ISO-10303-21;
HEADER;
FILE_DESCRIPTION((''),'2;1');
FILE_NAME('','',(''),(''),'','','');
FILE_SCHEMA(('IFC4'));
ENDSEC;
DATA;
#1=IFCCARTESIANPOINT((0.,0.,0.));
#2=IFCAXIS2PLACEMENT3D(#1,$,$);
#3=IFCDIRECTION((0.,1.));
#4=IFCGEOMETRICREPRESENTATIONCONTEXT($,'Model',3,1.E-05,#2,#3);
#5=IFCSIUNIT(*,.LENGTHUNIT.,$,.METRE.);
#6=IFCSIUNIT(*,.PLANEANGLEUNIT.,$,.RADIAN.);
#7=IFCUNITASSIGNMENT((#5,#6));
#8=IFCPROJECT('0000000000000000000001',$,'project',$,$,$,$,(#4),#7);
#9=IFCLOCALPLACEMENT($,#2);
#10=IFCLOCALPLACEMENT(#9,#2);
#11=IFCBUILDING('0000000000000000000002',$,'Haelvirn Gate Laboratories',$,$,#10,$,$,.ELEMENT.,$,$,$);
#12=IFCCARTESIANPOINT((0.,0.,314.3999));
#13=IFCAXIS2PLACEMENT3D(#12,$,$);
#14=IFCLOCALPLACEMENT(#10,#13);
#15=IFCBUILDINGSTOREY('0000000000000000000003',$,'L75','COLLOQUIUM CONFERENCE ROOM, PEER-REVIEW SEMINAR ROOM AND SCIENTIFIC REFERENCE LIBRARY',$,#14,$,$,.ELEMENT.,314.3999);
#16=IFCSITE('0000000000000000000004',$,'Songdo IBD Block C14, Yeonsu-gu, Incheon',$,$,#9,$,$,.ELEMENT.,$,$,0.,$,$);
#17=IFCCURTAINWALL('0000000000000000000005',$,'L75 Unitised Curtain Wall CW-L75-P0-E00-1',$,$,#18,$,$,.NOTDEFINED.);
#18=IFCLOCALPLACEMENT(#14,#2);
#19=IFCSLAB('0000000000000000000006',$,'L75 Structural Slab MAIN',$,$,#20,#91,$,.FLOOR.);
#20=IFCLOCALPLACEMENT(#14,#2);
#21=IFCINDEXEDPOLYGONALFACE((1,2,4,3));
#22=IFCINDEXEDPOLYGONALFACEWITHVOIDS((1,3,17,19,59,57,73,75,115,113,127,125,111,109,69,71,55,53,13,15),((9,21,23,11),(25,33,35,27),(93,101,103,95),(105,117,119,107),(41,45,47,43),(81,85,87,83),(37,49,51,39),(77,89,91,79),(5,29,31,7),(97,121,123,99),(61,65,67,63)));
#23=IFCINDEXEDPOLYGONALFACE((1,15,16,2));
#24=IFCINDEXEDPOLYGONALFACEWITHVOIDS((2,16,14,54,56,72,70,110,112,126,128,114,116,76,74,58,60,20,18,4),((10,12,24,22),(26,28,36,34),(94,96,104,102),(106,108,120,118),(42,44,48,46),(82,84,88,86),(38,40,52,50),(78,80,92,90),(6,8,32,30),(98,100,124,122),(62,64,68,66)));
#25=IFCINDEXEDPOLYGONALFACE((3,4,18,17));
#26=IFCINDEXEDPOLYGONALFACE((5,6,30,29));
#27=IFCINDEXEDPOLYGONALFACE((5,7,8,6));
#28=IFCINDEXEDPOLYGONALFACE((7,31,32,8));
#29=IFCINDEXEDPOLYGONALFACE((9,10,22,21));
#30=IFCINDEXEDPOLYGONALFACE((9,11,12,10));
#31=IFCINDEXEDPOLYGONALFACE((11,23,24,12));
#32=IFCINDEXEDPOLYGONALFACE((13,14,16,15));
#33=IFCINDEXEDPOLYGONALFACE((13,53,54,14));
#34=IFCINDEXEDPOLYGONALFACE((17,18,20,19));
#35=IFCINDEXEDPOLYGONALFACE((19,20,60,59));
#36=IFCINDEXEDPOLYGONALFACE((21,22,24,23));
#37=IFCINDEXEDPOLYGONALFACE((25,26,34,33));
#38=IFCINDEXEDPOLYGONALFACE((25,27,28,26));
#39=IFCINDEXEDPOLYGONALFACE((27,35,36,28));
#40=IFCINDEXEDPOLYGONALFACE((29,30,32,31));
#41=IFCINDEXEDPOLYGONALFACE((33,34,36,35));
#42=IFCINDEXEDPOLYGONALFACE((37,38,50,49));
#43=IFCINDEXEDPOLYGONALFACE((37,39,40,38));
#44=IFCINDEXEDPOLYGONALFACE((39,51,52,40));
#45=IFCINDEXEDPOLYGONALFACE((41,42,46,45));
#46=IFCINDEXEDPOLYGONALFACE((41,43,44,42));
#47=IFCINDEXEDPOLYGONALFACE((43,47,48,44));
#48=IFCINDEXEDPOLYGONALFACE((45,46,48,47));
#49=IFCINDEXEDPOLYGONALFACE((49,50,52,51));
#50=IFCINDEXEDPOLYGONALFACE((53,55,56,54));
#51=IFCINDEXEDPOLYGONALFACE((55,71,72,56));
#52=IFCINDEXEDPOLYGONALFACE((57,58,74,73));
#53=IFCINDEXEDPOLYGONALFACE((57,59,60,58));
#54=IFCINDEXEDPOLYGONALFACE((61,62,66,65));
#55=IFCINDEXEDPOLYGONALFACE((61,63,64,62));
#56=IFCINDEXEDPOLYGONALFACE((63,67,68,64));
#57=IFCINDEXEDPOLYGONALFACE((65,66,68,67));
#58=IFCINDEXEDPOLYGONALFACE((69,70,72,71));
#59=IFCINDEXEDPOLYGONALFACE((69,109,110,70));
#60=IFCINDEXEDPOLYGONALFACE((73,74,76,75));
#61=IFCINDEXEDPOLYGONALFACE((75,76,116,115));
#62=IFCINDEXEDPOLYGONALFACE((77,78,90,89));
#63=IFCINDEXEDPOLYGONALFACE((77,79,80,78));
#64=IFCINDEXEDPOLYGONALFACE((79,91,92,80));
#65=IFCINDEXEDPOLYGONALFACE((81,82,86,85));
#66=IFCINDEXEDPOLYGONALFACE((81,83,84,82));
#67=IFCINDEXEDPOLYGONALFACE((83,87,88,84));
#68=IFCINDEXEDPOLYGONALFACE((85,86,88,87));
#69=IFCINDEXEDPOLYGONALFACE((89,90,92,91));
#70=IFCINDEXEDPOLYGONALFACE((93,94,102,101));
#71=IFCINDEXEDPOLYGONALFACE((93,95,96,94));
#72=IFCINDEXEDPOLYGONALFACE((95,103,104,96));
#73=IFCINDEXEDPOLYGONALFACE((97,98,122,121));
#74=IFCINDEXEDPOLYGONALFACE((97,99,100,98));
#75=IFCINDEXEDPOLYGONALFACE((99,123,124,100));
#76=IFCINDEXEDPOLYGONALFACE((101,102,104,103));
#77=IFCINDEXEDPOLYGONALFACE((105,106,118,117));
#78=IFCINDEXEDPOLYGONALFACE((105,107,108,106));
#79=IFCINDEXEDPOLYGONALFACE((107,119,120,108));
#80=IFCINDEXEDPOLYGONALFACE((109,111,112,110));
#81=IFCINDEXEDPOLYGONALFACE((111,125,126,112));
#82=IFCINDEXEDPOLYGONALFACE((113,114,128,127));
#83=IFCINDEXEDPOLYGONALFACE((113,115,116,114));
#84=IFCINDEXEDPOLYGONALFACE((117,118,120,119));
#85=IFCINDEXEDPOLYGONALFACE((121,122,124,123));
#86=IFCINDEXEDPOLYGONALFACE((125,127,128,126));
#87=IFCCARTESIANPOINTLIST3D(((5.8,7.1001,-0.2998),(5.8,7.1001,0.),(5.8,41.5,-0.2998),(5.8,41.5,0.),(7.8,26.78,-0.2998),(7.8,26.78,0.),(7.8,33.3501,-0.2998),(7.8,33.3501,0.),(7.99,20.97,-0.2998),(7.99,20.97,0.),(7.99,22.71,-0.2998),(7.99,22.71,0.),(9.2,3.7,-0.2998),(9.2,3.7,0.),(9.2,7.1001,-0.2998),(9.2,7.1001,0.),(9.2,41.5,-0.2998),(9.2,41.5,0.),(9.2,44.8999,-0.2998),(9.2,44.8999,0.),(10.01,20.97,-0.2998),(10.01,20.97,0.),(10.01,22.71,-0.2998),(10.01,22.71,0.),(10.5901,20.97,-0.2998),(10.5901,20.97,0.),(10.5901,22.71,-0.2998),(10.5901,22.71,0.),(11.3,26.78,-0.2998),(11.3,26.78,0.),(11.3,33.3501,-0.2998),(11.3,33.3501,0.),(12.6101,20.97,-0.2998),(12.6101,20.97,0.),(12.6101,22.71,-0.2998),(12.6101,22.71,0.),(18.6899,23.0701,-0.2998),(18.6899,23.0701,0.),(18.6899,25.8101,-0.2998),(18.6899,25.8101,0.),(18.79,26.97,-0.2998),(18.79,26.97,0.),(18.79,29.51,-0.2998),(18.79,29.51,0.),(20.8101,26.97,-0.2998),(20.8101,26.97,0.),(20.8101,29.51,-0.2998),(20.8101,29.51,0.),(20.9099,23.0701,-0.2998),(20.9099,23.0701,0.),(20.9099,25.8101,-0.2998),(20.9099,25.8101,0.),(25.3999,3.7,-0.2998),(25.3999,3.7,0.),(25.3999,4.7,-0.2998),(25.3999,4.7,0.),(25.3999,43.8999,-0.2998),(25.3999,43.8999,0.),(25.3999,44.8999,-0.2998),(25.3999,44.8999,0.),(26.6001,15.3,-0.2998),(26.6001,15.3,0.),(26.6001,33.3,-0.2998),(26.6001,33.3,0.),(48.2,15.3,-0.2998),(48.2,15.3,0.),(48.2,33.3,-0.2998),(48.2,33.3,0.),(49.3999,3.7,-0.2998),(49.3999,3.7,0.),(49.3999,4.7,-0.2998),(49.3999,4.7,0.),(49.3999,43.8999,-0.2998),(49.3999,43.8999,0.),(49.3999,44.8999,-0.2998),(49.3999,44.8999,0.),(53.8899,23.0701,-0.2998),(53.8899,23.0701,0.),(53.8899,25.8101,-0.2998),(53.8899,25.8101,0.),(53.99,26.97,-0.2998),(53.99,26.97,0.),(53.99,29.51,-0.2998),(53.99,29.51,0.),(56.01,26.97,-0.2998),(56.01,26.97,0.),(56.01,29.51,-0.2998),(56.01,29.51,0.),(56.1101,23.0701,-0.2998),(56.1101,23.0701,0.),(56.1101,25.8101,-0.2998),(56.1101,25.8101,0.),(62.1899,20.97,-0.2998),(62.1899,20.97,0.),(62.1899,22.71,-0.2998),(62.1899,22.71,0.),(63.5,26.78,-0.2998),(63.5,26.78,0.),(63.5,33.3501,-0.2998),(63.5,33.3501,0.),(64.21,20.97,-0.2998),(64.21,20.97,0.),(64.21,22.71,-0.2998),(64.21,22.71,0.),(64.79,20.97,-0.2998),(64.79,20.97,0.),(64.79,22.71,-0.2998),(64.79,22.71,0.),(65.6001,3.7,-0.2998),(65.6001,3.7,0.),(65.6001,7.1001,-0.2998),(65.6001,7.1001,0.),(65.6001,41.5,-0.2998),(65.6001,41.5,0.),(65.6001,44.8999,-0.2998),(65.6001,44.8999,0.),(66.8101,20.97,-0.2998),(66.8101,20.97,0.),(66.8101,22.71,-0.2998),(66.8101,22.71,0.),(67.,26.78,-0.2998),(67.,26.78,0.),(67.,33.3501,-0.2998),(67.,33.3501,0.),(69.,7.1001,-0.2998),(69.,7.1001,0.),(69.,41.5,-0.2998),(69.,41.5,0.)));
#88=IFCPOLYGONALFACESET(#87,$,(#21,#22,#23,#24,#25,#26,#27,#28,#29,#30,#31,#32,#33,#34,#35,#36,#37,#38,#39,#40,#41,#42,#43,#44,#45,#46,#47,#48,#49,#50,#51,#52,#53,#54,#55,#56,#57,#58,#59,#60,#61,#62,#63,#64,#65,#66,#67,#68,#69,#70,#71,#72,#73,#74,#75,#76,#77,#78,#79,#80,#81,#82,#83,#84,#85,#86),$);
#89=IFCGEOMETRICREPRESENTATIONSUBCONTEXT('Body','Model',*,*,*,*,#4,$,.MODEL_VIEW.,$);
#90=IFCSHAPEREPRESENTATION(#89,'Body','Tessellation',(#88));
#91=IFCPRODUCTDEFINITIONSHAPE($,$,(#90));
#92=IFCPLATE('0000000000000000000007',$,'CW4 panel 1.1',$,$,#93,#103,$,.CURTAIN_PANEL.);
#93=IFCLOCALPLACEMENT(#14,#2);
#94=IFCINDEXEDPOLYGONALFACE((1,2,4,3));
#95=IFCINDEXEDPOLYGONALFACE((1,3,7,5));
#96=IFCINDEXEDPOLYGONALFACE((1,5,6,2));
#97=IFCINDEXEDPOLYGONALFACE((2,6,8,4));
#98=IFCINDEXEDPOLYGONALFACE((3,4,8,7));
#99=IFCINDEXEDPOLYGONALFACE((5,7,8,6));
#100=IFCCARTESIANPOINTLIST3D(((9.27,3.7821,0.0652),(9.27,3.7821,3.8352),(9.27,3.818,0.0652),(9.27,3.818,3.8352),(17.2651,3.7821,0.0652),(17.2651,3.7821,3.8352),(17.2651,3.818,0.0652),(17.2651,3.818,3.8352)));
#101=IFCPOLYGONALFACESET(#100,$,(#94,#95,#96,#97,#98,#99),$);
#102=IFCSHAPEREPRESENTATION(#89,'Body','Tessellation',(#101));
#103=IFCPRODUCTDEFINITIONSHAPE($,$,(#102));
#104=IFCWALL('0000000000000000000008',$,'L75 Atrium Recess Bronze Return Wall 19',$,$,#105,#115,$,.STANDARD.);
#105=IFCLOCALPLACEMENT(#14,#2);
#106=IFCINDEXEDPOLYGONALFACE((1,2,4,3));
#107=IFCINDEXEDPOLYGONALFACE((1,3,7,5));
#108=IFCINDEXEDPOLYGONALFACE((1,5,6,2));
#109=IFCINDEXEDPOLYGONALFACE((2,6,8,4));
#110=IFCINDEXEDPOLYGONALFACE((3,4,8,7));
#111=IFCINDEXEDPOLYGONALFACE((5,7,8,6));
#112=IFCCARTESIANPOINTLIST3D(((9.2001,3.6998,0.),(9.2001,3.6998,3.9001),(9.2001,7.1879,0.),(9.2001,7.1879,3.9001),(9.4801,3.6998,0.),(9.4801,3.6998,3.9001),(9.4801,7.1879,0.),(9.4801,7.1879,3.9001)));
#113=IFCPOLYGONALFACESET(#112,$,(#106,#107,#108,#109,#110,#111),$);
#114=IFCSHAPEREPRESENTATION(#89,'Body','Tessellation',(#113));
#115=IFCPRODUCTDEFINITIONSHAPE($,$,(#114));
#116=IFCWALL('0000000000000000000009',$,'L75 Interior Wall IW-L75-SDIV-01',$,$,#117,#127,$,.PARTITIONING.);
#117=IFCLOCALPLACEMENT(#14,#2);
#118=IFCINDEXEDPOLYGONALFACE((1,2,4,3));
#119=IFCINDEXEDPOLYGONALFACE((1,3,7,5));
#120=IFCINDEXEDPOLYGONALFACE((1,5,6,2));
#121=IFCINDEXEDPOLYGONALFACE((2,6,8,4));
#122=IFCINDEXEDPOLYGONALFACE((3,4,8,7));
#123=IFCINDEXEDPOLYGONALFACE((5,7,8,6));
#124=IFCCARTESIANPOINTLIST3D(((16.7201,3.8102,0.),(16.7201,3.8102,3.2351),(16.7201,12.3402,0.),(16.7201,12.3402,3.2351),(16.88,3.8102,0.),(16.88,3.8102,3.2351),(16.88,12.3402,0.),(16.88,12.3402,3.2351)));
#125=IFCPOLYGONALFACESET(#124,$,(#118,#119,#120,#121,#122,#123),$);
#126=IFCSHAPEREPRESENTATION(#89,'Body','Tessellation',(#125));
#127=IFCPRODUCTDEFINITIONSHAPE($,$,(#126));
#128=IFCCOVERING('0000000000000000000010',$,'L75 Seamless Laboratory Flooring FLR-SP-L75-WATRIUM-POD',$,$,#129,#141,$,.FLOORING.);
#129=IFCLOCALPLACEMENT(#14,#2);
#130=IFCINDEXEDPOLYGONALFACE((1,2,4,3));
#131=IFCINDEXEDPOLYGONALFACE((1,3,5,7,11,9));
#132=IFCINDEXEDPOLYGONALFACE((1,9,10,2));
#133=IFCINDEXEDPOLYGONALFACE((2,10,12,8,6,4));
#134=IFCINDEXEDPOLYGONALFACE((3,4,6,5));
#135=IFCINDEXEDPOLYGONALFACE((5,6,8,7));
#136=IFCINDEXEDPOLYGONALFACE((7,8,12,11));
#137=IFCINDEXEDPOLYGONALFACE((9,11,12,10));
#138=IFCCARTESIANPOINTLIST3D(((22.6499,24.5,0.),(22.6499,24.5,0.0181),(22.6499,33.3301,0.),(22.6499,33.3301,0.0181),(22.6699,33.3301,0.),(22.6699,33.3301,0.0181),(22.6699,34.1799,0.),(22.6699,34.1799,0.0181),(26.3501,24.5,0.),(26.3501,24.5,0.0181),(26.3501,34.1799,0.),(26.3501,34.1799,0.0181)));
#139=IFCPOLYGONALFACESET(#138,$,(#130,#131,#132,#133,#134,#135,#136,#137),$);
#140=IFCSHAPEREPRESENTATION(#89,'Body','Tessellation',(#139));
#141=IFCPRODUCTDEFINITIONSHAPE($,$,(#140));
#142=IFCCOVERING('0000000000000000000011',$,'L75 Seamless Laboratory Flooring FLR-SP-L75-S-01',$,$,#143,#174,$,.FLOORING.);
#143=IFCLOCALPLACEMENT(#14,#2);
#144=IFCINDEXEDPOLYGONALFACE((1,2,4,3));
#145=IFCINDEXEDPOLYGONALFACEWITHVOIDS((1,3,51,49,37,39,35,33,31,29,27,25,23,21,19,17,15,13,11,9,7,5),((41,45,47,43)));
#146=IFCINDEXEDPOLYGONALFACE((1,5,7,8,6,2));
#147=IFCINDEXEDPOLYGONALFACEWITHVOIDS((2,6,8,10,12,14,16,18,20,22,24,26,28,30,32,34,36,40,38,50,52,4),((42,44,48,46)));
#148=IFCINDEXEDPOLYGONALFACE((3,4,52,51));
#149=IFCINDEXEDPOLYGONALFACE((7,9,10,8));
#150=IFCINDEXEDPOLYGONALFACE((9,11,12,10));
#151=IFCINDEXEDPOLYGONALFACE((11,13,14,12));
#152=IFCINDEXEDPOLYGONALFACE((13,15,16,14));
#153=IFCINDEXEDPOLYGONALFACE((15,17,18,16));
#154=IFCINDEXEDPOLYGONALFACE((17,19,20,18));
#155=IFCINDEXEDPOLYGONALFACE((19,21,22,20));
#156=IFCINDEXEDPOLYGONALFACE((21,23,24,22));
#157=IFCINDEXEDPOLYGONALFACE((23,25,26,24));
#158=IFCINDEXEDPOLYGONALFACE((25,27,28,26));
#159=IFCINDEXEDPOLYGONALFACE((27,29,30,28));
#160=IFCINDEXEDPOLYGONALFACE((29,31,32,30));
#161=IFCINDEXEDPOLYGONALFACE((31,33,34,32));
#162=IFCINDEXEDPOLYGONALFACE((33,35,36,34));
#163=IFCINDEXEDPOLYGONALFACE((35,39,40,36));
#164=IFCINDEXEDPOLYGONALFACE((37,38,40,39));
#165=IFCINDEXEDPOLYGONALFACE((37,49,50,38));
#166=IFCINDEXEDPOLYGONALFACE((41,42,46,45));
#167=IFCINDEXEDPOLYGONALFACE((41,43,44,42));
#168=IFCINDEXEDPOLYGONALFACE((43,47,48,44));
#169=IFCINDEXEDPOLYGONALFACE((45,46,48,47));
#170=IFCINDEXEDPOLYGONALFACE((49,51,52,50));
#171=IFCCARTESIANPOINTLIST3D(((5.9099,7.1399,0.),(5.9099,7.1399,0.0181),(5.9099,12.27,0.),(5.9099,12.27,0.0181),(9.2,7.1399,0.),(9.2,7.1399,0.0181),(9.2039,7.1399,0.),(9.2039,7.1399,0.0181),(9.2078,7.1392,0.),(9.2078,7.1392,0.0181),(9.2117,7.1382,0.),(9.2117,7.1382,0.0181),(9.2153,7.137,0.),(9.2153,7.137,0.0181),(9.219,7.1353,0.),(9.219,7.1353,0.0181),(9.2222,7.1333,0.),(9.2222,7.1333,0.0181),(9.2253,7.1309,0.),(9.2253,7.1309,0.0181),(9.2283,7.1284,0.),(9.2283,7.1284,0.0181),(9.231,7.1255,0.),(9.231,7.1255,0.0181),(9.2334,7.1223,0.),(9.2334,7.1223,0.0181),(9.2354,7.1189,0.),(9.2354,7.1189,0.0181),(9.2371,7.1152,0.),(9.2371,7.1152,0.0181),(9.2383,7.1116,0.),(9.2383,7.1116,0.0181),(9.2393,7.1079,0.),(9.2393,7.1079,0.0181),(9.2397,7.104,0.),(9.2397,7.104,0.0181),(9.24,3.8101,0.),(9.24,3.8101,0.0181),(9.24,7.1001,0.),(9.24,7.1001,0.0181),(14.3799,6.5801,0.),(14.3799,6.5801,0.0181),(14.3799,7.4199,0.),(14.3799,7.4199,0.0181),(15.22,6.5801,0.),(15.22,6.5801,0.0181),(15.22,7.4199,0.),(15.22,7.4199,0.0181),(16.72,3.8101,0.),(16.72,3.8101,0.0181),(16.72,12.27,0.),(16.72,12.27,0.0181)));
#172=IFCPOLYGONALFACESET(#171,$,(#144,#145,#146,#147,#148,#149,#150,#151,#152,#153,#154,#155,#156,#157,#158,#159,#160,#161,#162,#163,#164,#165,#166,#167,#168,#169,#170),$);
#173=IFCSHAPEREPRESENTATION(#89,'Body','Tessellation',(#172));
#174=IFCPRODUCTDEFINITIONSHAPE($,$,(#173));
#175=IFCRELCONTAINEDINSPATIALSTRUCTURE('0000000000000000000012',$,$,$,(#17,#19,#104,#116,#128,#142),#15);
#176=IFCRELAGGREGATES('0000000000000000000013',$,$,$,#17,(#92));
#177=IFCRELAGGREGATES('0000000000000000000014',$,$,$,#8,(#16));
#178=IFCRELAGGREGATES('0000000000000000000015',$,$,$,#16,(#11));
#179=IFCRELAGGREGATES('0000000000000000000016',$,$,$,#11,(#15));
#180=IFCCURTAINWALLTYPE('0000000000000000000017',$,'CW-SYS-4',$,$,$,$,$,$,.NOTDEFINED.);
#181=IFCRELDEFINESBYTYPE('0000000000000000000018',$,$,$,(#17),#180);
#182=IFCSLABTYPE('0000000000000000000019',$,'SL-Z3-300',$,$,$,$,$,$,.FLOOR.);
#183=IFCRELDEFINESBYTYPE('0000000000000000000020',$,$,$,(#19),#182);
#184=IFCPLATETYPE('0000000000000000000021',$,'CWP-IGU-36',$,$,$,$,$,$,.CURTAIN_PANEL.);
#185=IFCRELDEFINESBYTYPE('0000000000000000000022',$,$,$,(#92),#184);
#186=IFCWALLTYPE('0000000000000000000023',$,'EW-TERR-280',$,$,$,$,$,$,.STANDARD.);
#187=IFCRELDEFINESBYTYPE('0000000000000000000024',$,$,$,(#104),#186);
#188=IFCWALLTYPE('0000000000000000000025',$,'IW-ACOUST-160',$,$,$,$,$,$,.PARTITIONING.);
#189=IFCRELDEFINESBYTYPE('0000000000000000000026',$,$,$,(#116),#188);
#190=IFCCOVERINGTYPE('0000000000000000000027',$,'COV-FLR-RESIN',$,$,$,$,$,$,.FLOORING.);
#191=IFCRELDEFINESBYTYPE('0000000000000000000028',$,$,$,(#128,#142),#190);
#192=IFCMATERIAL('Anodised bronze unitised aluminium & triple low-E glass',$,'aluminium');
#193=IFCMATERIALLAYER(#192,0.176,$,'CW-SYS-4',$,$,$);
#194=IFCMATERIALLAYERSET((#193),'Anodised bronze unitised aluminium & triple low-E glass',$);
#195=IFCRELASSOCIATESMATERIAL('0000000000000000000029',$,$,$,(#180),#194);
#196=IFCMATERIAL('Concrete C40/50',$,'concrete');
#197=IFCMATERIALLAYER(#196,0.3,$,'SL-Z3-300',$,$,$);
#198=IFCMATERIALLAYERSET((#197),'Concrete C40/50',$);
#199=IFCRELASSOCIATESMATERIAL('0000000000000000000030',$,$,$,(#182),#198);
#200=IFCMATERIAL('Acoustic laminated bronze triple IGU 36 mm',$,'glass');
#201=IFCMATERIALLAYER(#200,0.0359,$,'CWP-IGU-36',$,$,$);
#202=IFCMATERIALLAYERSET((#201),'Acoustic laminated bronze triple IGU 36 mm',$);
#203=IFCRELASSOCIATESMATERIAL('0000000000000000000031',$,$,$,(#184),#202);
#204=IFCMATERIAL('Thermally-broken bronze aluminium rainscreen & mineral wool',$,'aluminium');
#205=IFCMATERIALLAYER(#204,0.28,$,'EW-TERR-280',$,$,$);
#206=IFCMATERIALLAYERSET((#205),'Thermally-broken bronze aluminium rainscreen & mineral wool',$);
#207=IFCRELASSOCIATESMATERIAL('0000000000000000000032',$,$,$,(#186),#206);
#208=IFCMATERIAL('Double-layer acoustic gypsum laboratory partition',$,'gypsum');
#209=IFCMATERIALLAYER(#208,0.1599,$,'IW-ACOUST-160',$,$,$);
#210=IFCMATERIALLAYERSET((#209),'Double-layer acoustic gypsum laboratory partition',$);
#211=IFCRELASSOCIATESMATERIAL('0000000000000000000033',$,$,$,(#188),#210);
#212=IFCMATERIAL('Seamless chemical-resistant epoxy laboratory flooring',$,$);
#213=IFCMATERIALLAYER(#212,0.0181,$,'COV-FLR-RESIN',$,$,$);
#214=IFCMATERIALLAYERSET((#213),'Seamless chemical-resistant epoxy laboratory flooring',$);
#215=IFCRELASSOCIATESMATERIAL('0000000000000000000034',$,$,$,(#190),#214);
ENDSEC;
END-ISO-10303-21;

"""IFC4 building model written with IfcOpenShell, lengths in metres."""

from ifc_helpers import new_model, si_unit, direction, frame, frame_2d, origin, origin_2d, place, context, subcontext, project, spatial, polyline, rectangle, outline, extrude, source, transform, mapped, material, layer, layer_set, type_object, type_shapes, element, aggregate, save


model = new_model("IFC4")

# Units and contexts
model_context = context("Model", 3, precision=1e-05, world=origin(), true_north=direction((0.0, 1.0)))
body_context = subcontext(model_context, "Body", "Model", "MODEL_VIEW")
ifc_project = project(units=[si_unit("LENGTHUNIT", "METRE"), si_unit("PLANEANGLEUNIT", "RADIAN")], contexts=[model_context])

# Site, building, storey
site_placement = place(None, origin())
site = spatial("IfcSite", under=ifc_project, at=site_placement, Name="Songdo IBD Block C14, Yeonsu-gu, Incheon", CompositionType="ELEMENT", RefElevation=0.0)
building_placement = place(site_placement, origin())
building = spatial("IfcBuilding", under=site, at=building_placement, Name="Haelvirn Gate Laboratories", CompositionType="ELEMENT")
storey_placement = place(building_placement, frame((0.0, 0.0, 314.3999)))
storey = spatial("IfcBuildingStorey", under=building, at=storey_placement, Name="L75", Description="COLLOQUIUM CONFERENCE ROOM, PEER-REVIEW SEMINAR ROOM AND SCIENTIFIC REFERENCE LIBRARY", CompositionType="ELEMENT", Elevation=314.3999)

# Curtain wall
ifc_material_1 = material(Name="Anodised bronze unitised aluminium & triple low-E glass", Category="aluminium")
ifc_layer_1 = layer(ifc_material_1, 0.176, Name="CW-SYS-4")
ifc_layer_set_1 = layer_set([ifc_layer_1], Name="Anodised bronze unitised aluminium & triple low-E glass")
curtain_wall_type = type_object("IfcCurtainWallType", Name="CW-SYS-4", PredefinedType="NOTDEFINED", material=ifc_layer_set_1)
curtain_wall_1_placement = place(storey_placement, origin())
curtain_wall_1 = element("IfcCurtainWall", 1, at=curtain_wall_1_placement, inside=storey, type_object=curtain_wall_type, Name="L75 Unitised Curtain Wall CW-L75-P0-E00-1", PredefinedType="NOTDEFINED")

# Shared definitions
ifc_material_2 = material(Name="Concrete C40/50", Category="concrete")

# Slab
ifc_layer_2 = layer(ifc_material_2, 0.3, Name="SL-Z3-300")
ifc_layer_set_2 = layer_set([ifc_layer_2], Name="Concrete C40/50")
slab_type_1 = type_object("IfcSlabType", Name="SL-Z3-300", PredefinedType="FLOOR", material=ifc_layer_set_2)
slab_1_placement = place(storey_placement, frame((0.0, 0.0, -0.2998)))
element("IfcSlab", 2, at=slab_1_placement, inside=storey, type_object=slab_type_1, Name="L75 Structural Slab MAIN", PredefinedType="FLOOR", context=body_context, shape_type="SweptSolid", body=[
    extrude(outline(polyline([(9.2, 3.7), (25.3999, 3.7), (25.3999, 4.7), (49.3999, 4.7), (49.3999, 3.7), (65.6001, 3.7), (65.6001, 7.1001), (69.0, 7.1001), (69.0, 41.5), (65.6001, 41.5), (65.6001, 44.8999), (49.3999, 44.8999), (49.3999, 43.8999), (25.3999, 43.8999), (25.3999, 44.8999), (9.2, 44.8999), (9.2, 41.5), (5.8, 41.5), (5.8, 7.1001), (9.2, 7.1001), (9.2, 3.7)]), holes=[polyline([(26.6001, 15.3), (48.2, 15.3), (48.2, 33.3), (26.6001, 33.3), (26.6001, 15.3)]), polyline([(11.3, 26.78), (11.3, 33.3501), (7.8, 33.3501), (7.8, 26.78), (11.3, 26.78)]), polyline([(67.0, 26.78), (67.0, 33.3501), (63.5, 33.3501), (63.5, 26.78), (67.0, 26.78)]), polyline([(7.99, 20.97), (10.01, 20.97), (10.01, 22.71), (7.99, 22.71), (7.99, 20.97)]), polyline([(10.5901, 20.97), (12.6101, 20.97), (12.6101, 22.71), (10.5901, 22.71), (10.5901, 20.97)]), polyline([(18.79, 26.97), (20.8101, 26.97), (20.8101, 29.51), (18.79, 29.51), (18.79, 26.97)]), polyline([(18.6899, 23.0701), (20.9099, 23.0701), (20.9099, 25.8101), (18.6899, 25.8101), (18.6899, 23.0701)]), polyline([(64.79, 20.97), (66.8101, 20.97), (66.8101, 22.71), (64.79, 22.71), (64.79, 20.97)]), polyline([(62.1899, 20.97), (64.21, 20.97), (64.21, 22.71), (62.1899, 22.71), (62.1899, 20.97)]), polyline([(53.99, 26.97), (56.01, 26.97), (56.01, 29.51), (53.99, 29.51), (53.99, 26.97)]), polyline([(53.8899, 23.0701), (56.1101, 23.0701), (56.1101, 25.8101), (53.8899, 25.8101), (53.8899, 23.0701)])]), origin(), (0.0, 0.0, 1.0), 0.2998),
])

# Plate
ifc_material_3 = material(Name="Acoustic laminated bronze triple IGU 36 mm", Category="glass")
ifc_layer_3 = layer(ifc_material_3, 0.0359, Name="CWP-IGU-36")
ifc_layer_set_3 = layer_set([ifc_layer_3], Name="Acoustic laminated bronze triple IGU 36 mm")
plate_type = type_object("IfcPlateType", Name="CWP-IGU-36", PredefinedType="CURTAIN_PANEL", material=ifc_layer_set_3)
shared_shape_1 = source(origin(), body_context, "Body", "SweptSolid", [
    extrude(rectangle(XDim=7.9951, YDim=0.0359, at=origin_2d()), origin(), (0.0, 0.0, 1.0), 3.77),
])
type_shapes(plate_type, [shared_shape_1])
plate_placement = place(storey_placement, frame((13.2676, 3.8, 0.0652), z_axis=(0.0, 0.0, 1.0), x_axis=(1.0, 0.0, 0.0)))
plate = element("IfcPlate", 3, at=plate_placement, type_object=plate_type, Name="CW4 panel 1.1", PredefinedType="CURTAIN_PANEL", context=body_context, shape_type="MappedRepresentation", body=[
    mapped(shared_shape_1, transform((0.0, 0.0, 0.0), scale=1.0)),
])
aggregate(curtain_wall_1, [plate])

# Walls
ifc_material_4 = material(Name="Thermally-broken bronze aluminium rainscreen & mineral wool", Category="aluminium")
ifc_layer_4 = layer(ifc_material_4, 0.28, Name="EW-TERR-280")
ifc_layer_set_4 = layer_set([ifc_layer_4], Name="Thermally-broken bronze aluminium rainscreen & mineral wool")
wall_type_1 = type_object("IfcWallType", Name="EW-TERR-280", PredefinedType="STANDARD", material=ifc_layer_set_4)
wall_1_placement = place(storey_placement, frame((9.3401, 7.188, 0.0), z_axis=(0.0, 0.0, 1.0), x_axis=(0.0, -1.0, 0.0)))
element("IfcWall", 4, at=wall_1_placement, inside=storey, type_object=wall_type_1, Name="L75 Atrium Recess Bronze Return Wall 19", PredefinedType="STANDARD", context=body_context, shape_type="SweptSolid", body=[
    extrude(rectangle(XDim=3.488, YDim=0.28, at=frame_2d((1.7441, 0.0))), origin(), (0.0, 0.0, 1.0), 3.9001),
])
ifc_material_5 = material(Name="Double-layer acoustic gypsum laboratory partition", Category="gypsum")
ifc_layer_5 = layer(ifc_material_5, 0.1599, Name="IW-ACOUST-160")
ifc_layer_set_5 = layer_set([ifc_layer_5], Name="Double-layer acoustic gypsum laboratory partition")
wall_type_2 = type_object("IfcWallType", Name="IW-ACOUST-160", PredefinedType="PARTITIONING", material=ifc_layer_set_5)
wall_2_placement = place(storey_placement, frame((16.8, 3.8101, 0.0), z_axis=(0.0, 0.0, 1.0), x_axis=(0.0, 1.0, 0.0)))
element("IfcWall", 5, at=wall_2_placement, inside=storey, type_object=wall_type_2, Name="L75 Interior Wall IW-L75-SDIV-01", PredefinedType="PARTITIONING", context=body_context, shape_type="SweptSolid", body=[
    extrude(rectangle(XDim=8.53, YDim=0.1599, at=frame_2d((4.2651, 0.0))), origin(), (0.0, 0.0, 1.0), 3.2351),
])

# Coverings
ifc_material_6 = material(Name="Seamless chemical-resistant epoxy laboratory flooring")
ifc_layer_6 = layer(ifc_material_6, 0.0181, Name="COV-FLR-RESIN")
ifc_layer_set_6 = layer_set([ifc_layer_6], Name="Seamless chemical-resistant epoxy laboratory flooring")
covering_type = type_object("IfcCoveringType", Name="COV-FLR-RESIN", PredefinedType="FLOORING", material=ifc_layer_set_6)
covering_1_placement = place(storey_placement, origin())
element("IfcCovering", 6, at=covering_1_placement, inside=storey, type_object=covering_type, Name="L75 Seamless Laboratory Flooring FLR-SP-L75-WATRIUM-POD", PredefinedType="FLOORING", context=body_context, shape_type="SweptSolid", body=[
    extrude(outline(polyline([(22.6699, 33.3301), (22.6699, 34.1799), (26.3501, 34.1799), (26.3501, 24.5), (22.6499, 24.5), (22.6499, 33.3301), (22.6699, 33.3301)])), origin(), (0.0, 0.0, 1.0), 0.0181),
])
covering_2_placement = place(storey_placement, origin())
element("IfcCovering", 7, at=covering_2_placement, inside=storey, type_object=covering_type, Name="L75 Seamless Laboratory Flooring FLR-SP-L75-S-01", PredefinedType="FLOORING", context=body_context, shape_type="SweptSolid", body=[
    extrude(outline(polyline([(16.72, 3.8101), (9.24, 3.8101), (9.24, 7.1001), (9.2397, 7.104), (9.2393, 7.1079), (9.2383, 7.1116), (9.2371, 7.1152), (9.2354, 7.1189), (9.2334, 7.1223), (9.231, 7.1255), (9.2283, 7.1284), (9.2253, 7.1309), (9.2222, 7.1333), (9.219, 7.1353), (9.2153, 7.137), (9.2117, 7.1382), (9.2078, 7.1392), (9.2039, 7.1399), (9.2, 7.1399), (5.9099, 7.1399), (5.9099, 12.27), (16.72, 12.27), (16.72, 3.8101)]), holes=[polyline([(14.3799, 7.4199), (14.3799, 6.5801), (15.22, 6.5801), (15.22, 7.4199), (14.3799, 7.4199)])]), origin(), (0.0, 0.0, 1.0), 0.0181),
])

save(model, "model.ifc")
